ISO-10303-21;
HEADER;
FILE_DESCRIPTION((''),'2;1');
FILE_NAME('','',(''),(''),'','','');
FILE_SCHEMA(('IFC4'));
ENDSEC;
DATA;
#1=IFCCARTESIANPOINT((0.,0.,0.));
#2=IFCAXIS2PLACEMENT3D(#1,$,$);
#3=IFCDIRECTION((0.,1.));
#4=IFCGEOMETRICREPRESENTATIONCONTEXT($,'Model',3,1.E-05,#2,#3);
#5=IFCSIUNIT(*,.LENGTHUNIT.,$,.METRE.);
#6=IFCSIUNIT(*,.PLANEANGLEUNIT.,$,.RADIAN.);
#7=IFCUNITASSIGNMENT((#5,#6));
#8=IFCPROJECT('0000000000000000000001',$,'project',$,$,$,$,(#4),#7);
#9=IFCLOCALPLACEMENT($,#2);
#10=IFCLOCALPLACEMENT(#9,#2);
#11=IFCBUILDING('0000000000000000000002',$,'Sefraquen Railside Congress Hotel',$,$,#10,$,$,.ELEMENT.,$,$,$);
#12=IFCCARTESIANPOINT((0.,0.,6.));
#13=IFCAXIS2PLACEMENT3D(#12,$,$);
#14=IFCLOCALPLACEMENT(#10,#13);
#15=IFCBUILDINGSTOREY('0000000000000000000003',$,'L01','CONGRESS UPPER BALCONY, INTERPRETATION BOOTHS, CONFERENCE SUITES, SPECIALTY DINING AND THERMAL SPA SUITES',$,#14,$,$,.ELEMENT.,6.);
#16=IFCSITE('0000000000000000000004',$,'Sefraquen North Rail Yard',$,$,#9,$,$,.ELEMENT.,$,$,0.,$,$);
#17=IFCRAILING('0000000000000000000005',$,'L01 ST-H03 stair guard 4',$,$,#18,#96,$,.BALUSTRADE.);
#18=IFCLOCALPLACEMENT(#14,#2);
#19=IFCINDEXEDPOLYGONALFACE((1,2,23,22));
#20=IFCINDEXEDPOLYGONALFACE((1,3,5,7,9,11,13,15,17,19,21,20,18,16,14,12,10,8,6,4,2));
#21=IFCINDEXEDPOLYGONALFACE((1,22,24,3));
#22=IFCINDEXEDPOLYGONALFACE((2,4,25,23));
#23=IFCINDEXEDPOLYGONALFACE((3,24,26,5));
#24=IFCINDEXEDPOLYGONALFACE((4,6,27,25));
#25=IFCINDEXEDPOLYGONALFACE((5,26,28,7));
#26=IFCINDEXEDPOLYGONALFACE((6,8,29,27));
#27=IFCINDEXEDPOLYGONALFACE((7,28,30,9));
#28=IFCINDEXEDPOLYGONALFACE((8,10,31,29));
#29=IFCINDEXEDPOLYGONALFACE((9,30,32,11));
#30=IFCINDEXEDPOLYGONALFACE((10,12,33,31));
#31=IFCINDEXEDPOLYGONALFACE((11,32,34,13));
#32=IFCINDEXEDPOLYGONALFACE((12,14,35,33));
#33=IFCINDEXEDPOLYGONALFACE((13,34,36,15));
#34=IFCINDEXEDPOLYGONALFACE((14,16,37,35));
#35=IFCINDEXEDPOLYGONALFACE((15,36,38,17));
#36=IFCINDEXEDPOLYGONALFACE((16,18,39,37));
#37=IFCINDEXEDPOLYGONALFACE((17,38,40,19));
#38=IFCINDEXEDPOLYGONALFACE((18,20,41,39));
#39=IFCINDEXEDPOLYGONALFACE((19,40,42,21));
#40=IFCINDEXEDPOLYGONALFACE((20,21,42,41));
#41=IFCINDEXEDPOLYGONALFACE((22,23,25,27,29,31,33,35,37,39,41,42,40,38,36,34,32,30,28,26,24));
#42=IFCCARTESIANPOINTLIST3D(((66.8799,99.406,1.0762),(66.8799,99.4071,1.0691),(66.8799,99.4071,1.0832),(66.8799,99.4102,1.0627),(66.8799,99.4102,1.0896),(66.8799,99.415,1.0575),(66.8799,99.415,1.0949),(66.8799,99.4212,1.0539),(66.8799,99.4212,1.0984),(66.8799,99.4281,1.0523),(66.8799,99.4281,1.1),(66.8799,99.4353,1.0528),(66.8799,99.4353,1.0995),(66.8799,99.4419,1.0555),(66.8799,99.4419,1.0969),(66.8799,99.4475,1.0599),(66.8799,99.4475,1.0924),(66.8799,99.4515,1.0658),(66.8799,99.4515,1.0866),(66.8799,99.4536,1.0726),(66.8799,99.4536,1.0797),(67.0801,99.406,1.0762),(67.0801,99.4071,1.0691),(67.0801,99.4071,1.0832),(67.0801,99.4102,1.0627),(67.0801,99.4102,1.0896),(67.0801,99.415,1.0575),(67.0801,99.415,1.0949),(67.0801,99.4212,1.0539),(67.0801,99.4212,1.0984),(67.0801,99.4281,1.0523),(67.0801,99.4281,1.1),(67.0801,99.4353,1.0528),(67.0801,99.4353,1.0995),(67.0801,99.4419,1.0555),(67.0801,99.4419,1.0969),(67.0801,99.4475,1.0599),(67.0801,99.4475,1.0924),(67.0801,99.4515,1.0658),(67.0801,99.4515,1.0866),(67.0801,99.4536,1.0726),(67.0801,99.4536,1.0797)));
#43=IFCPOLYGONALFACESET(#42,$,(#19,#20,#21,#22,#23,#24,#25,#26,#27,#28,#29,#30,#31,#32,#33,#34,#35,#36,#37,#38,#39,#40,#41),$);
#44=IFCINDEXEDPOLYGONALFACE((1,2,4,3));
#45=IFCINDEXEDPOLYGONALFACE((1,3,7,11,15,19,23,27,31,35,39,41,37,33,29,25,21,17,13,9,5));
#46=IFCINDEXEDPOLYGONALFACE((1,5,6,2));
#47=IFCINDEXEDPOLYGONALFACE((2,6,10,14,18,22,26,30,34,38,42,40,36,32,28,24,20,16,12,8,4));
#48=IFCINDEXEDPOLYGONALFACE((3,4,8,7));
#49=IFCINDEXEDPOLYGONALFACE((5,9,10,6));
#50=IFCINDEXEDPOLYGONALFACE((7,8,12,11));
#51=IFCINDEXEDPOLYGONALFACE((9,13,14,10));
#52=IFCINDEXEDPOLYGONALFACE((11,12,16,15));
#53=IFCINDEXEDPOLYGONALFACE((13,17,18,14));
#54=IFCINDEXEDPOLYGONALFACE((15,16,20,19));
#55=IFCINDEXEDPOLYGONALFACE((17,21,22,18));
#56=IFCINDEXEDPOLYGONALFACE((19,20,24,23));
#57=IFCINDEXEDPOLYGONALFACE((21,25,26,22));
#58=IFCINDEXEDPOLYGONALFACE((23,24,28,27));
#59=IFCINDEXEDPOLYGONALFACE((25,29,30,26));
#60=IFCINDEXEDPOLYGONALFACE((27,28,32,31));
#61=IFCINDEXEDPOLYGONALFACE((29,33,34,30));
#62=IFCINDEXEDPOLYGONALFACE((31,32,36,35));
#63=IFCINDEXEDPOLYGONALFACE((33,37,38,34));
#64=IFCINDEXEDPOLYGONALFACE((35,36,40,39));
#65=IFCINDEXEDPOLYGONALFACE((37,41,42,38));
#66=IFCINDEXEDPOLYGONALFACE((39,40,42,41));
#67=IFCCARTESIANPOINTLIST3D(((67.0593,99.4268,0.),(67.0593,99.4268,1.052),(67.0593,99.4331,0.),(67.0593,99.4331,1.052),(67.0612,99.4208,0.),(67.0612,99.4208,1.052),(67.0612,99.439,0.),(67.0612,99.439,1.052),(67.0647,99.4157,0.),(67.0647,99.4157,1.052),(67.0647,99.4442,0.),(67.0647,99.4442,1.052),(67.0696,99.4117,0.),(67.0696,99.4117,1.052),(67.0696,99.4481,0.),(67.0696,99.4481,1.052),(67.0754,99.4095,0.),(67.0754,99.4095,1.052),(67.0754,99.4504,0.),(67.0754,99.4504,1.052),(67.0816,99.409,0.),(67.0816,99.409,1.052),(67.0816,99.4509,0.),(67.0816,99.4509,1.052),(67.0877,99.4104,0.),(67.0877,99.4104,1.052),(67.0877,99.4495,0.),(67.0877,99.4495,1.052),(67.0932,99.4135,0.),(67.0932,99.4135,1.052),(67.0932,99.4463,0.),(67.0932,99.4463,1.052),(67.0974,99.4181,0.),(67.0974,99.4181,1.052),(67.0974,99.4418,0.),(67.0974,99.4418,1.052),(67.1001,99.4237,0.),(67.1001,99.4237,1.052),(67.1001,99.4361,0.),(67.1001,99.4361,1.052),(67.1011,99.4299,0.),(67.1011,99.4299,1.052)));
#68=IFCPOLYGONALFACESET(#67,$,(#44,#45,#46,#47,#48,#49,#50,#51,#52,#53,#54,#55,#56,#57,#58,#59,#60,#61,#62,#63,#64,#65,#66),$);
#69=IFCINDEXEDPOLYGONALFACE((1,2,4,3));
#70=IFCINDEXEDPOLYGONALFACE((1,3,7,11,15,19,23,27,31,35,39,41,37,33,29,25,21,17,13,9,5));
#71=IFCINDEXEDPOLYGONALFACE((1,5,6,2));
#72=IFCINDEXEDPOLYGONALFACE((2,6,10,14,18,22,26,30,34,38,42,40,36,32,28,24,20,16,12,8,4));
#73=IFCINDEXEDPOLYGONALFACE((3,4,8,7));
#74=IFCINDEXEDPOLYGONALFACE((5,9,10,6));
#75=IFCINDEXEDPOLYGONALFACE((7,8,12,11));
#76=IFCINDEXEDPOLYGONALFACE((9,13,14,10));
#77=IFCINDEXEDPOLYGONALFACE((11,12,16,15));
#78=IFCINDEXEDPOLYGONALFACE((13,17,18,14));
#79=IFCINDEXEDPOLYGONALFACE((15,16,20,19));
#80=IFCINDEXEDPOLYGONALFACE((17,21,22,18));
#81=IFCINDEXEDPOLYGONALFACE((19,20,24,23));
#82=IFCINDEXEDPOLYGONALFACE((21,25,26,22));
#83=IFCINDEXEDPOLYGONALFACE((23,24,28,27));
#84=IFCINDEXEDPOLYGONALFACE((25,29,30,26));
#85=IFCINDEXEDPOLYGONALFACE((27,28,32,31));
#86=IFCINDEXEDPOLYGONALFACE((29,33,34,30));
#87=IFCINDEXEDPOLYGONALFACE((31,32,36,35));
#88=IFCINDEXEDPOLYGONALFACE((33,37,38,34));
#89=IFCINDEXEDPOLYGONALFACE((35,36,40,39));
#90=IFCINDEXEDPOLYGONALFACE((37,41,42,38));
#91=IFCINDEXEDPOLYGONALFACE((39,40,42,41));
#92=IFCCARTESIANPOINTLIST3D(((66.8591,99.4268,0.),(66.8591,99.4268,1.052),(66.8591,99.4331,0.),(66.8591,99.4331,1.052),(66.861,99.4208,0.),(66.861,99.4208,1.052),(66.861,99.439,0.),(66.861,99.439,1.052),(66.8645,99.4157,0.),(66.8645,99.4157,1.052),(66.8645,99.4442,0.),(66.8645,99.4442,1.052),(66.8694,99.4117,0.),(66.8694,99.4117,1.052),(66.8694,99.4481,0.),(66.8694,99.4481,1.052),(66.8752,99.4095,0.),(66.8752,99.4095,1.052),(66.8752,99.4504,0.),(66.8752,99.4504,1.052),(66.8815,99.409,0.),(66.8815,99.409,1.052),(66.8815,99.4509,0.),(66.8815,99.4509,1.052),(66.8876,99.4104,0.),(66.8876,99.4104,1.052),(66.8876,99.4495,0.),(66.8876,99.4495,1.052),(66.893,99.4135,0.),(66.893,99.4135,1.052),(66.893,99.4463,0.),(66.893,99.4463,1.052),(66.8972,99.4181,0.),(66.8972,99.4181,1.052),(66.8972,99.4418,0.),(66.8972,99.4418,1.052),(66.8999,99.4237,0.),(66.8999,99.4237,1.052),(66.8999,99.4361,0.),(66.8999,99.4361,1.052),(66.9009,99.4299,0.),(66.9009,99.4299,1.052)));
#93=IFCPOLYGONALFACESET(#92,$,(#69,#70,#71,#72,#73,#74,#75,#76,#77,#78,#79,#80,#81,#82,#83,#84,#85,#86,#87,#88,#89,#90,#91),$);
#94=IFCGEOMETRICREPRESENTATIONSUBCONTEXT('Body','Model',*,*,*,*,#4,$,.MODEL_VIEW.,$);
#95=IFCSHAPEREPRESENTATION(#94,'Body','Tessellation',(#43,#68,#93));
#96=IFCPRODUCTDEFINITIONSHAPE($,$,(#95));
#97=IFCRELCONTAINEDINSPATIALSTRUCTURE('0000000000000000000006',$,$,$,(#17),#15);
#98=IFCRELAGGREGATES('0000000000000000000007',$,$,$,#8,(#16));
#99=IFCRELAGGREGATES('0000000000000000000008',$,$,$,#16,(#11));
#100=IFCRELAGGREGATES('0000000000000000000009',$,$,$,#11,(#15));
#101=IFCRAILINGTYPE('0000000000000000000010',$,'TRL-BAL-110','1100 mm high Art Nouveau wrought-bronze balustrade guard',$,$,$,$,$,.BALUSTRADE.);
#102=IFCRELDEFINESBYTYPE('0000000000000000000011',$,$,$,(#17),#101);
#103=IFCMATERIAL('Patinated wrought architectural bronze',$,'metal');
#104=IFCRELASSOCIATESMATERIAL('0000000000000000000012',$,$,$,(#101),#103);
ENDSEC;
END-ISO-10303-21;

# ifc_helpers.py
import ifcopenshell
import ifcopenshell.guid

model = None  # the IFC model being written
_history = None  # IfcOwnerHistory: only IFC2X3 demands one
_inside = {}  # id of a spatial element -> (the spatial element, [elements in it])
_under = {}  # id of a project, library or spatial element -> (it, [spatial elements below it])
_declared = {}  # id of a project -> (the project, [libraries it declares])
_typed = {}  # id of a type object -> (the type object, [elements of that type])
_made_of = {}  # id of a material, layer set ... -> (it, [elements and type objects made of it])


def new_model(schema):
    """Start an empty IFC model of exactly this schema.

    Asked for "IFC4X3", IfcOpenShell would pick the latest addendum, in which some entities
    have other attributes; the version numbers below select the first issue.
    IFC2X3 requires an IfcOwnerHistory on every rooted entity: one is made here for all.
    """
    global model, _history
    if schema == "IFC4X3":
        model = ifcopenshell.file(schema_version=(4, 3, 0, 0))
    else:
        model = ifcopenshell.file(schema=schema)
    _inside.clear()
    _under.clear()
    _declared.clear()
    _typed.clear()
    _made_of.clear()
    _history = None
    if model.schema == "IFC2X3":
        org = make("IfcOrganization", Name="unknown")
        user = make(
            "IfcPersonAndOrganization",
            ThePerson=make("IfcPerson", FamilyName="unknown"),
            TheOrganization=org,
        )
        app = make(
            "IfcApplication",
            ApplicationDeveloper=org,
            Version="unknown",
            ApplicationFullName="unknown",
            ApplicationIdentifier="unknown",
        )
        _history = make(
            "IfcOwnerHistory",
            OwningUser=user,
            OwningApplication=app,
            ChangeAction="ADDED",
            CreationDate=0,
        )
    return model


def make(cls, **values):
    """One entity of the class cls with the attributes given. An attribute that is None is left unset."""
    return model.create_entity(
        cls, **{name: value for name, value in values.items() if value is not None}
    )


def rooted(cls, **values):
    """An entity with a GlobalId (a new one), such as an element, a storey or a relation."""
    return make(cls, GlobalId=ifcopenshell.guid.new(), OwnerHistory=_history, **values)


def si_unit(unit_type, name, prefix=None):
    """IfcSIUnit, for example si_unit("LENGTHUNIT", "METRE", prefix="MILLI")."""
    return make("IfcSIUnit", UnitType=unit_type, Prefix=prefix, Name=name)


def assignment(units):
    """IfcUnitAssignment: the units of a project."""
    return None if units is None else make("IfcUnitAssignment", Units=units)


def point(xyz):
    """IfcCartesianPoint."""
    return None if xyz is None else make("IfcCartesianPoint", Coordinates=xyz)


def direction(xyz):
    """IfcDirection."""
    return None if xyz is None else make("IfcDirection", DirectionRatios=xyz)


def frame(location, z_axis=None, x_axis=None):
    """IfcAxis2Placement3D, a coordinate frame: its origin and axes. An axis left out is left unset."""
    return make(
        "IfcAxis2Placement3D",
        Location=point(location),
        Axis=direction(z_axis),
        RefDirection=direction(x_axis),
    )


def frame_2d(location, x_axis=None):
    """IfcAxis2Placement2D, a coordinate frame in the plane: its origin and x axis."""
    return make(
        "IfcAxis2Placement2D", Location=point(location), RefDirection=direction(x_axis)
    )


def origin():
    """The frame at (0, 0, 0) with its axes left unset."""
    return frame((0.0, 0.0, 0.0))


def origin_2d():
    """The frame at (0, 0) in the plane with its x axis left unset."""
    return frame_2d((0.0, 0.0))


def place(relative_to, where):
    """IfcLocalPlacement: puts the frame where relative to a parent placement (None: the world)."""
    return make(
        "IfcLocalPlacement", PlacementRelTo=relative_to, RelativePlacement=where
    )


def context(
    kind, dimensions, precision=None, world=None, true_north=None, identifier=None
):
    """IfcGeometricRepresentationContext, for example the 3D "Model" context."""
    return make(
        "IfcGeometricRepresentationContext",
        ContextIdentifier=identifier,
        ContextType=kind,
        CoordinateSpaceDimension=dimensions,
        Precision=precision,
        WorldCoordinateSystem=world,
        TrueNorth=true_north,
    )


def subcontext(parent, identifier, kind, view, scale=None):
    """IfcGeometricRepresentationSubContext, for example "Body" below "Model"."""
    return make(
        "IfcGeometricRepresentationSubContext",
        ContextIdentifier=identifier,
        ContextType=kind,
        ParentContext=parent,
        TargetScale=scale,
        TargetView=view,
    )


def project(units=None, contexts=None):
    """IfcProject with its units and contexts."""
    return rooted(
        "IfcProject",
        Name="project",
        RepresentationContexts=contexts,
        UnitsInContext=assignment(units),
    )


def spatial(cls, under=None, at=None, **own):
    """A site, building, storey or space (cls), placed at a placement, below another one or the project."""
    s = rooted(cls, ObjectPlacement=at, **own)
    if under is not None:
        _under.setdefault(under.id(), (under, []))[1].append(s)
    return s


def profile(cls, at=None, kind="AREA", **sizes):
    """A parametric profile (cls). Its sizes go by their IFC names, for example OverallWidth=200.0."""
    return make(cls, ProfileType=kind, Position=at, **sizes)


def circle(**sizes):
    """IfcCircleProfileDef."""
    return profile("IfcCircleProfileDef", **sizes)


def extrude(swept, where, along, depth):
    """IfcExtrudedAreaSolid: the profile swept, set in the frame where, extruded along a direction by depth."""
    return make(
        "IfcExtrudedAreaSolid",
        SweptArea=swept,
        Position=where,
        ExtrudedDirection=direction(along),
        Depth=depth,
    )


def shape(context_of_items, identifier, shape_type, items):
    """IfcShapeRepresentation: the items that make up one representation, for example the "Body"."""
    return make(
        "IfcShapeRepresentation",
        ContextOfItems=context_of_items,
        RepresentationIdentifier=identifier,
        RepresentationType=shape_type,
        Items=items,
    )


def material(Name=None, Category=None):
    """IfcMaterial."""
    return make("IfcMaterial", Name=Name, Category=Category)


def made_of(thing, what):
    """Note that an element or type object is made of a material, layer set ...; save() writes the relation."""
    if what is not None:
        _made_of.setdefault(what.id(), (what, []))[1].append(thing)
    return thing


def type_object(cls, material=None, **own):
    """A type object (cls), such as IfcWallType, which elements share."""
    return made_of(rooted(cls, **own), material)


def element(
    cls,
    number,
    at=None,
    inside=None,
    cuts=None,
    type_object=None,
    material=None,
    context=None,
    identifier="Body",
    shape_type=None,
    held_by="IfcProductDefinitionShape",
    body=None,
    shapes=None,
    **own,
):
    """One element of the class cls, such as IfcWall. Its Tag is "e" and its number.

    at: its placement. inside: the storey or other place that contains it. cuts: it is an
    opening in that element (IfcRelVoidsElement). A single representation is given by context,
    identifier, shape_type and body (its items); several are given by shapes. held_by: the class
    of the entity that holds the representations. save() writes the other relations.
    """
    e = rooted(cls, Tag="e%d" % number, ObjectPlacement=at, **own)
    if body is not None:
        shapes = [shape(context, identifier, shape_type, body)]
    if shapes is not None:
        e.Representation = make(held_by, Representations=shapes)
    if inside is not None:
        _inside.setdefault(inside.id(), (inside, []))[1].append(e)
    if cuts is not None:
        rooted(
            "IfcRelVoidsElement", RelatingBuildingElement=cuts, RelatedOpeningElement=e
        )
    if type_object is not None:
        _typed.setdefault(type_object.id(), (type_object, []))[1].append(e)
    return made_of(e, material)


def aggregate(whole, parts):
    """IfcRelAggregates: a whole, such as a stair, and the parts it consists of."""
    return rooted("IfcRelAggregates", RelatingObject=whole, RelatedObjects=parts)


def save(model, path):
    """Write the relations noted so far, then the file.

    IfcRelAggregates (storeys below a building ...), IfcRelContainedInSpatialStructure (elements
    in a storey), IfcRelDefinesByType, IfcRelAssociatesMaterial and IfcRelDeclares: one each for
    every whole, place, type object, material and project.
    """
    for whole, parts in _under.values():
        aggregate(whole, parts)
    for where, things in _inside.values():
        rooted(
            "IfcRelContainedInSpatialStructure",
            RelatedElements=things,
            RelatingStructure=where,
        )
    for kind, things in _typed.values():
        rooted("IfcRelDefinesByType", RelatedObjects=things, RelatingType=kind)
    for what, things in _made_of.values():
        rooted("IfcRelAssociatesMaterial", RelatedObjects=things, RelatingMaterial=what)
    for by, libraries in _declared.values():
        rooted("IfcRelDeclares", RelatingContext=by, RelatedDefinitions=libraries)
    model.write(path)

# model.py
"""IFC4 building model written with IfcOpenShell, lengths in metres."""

from ifc_helpers import new_model, si_unit, direction, frame, origin, origin_2d, place, context, subcontext, project, spatial, circle, extrude, material, type_object, element, save


model = new_model("IFC4")

# Units and contexts
model_context = context("Model", 3, precision=1e-05, world=origin(), true_north=direction((0.0, 1.0)))
body_context = subcontext(model_context, "Body", "Model", "MODEL_VIEW")
ifc_project = project(units=[si_unit("LENGTHUNIT", "METRE"), si_unit("PLANEANGLEUNIT", "RADIAN")], contexts=[model_context])

# Site, building, storey
site_placement = place(None, origin())
site = spatial("IfcSite", under=ifc_project, at=site_placement, Name="Sefraquen North Rail Yard", CompositionType="ELEMENT", RefElevation=0.0)
building_placement = place(site_placement, origin())
building = spatial("IfcBuilding", under=site, at=building_placement, Name="Sefraquen Railside Congress Hotel", CompositionType="ELEMENT")
storey_placement = place(building_placement, frame((0.0, 0.0, 6.0)))
storey = spatial("IfcBuildingStorey", under=building, at=storey_placement, Name="L01", Description="CONGRESS UPPER BALCONY, INTERPRETATION BOOTHS, CONFERENCE SUITES, SPECIALTY DINING AND THERMAL SPA SUITES", CompositionType="ELEMENT", Elevation=6.0)

# Railing
ifc_material_1 = material(Name="Patinated wrought architectural bronze", Category="metal")
railing_type_1 = type_object("IfcRailingType", Name="TRL-BAL-110", Description="1100 mm high Art Nouveau wrought-bronze balustrade guard", PredefinedType="BALUSTRADE", material=ifc_material_1)
railing_1_placement = place(storey_placement, frame((67.0801, 99.4299, 0.0)))
element("IfcRailing", 1, at=railing_1_placement, inside=storey, type_object=railing_type_1, Name="L01 ST-H03 stair guard 4", PredefinedType="BALUSTRADE", context=body_context, shape_type="SweptSolid", body=[
    extrude(circle(Radius=0.0239, at=origin_2d()), frame((0.0, 0.0, 1.0762), z_axis=(-1.0, 0.0, 0.0), x_axis=(0.0, -1.0, 0.0)), (0.0, 0.0, 1.0), 0.2002),
    extrude(circle(Radius=0.021, at=origin_2d()), origin(), (0.0, 0.0, 1.0), 1.052),
    extrude(circle(Radius=0.021, at=origin_2d()), frame((-0.2002, 0.0, 0.0)), (0.0, 0.0, 1.0), 1.052),
])

save(model, "model.ifc")
